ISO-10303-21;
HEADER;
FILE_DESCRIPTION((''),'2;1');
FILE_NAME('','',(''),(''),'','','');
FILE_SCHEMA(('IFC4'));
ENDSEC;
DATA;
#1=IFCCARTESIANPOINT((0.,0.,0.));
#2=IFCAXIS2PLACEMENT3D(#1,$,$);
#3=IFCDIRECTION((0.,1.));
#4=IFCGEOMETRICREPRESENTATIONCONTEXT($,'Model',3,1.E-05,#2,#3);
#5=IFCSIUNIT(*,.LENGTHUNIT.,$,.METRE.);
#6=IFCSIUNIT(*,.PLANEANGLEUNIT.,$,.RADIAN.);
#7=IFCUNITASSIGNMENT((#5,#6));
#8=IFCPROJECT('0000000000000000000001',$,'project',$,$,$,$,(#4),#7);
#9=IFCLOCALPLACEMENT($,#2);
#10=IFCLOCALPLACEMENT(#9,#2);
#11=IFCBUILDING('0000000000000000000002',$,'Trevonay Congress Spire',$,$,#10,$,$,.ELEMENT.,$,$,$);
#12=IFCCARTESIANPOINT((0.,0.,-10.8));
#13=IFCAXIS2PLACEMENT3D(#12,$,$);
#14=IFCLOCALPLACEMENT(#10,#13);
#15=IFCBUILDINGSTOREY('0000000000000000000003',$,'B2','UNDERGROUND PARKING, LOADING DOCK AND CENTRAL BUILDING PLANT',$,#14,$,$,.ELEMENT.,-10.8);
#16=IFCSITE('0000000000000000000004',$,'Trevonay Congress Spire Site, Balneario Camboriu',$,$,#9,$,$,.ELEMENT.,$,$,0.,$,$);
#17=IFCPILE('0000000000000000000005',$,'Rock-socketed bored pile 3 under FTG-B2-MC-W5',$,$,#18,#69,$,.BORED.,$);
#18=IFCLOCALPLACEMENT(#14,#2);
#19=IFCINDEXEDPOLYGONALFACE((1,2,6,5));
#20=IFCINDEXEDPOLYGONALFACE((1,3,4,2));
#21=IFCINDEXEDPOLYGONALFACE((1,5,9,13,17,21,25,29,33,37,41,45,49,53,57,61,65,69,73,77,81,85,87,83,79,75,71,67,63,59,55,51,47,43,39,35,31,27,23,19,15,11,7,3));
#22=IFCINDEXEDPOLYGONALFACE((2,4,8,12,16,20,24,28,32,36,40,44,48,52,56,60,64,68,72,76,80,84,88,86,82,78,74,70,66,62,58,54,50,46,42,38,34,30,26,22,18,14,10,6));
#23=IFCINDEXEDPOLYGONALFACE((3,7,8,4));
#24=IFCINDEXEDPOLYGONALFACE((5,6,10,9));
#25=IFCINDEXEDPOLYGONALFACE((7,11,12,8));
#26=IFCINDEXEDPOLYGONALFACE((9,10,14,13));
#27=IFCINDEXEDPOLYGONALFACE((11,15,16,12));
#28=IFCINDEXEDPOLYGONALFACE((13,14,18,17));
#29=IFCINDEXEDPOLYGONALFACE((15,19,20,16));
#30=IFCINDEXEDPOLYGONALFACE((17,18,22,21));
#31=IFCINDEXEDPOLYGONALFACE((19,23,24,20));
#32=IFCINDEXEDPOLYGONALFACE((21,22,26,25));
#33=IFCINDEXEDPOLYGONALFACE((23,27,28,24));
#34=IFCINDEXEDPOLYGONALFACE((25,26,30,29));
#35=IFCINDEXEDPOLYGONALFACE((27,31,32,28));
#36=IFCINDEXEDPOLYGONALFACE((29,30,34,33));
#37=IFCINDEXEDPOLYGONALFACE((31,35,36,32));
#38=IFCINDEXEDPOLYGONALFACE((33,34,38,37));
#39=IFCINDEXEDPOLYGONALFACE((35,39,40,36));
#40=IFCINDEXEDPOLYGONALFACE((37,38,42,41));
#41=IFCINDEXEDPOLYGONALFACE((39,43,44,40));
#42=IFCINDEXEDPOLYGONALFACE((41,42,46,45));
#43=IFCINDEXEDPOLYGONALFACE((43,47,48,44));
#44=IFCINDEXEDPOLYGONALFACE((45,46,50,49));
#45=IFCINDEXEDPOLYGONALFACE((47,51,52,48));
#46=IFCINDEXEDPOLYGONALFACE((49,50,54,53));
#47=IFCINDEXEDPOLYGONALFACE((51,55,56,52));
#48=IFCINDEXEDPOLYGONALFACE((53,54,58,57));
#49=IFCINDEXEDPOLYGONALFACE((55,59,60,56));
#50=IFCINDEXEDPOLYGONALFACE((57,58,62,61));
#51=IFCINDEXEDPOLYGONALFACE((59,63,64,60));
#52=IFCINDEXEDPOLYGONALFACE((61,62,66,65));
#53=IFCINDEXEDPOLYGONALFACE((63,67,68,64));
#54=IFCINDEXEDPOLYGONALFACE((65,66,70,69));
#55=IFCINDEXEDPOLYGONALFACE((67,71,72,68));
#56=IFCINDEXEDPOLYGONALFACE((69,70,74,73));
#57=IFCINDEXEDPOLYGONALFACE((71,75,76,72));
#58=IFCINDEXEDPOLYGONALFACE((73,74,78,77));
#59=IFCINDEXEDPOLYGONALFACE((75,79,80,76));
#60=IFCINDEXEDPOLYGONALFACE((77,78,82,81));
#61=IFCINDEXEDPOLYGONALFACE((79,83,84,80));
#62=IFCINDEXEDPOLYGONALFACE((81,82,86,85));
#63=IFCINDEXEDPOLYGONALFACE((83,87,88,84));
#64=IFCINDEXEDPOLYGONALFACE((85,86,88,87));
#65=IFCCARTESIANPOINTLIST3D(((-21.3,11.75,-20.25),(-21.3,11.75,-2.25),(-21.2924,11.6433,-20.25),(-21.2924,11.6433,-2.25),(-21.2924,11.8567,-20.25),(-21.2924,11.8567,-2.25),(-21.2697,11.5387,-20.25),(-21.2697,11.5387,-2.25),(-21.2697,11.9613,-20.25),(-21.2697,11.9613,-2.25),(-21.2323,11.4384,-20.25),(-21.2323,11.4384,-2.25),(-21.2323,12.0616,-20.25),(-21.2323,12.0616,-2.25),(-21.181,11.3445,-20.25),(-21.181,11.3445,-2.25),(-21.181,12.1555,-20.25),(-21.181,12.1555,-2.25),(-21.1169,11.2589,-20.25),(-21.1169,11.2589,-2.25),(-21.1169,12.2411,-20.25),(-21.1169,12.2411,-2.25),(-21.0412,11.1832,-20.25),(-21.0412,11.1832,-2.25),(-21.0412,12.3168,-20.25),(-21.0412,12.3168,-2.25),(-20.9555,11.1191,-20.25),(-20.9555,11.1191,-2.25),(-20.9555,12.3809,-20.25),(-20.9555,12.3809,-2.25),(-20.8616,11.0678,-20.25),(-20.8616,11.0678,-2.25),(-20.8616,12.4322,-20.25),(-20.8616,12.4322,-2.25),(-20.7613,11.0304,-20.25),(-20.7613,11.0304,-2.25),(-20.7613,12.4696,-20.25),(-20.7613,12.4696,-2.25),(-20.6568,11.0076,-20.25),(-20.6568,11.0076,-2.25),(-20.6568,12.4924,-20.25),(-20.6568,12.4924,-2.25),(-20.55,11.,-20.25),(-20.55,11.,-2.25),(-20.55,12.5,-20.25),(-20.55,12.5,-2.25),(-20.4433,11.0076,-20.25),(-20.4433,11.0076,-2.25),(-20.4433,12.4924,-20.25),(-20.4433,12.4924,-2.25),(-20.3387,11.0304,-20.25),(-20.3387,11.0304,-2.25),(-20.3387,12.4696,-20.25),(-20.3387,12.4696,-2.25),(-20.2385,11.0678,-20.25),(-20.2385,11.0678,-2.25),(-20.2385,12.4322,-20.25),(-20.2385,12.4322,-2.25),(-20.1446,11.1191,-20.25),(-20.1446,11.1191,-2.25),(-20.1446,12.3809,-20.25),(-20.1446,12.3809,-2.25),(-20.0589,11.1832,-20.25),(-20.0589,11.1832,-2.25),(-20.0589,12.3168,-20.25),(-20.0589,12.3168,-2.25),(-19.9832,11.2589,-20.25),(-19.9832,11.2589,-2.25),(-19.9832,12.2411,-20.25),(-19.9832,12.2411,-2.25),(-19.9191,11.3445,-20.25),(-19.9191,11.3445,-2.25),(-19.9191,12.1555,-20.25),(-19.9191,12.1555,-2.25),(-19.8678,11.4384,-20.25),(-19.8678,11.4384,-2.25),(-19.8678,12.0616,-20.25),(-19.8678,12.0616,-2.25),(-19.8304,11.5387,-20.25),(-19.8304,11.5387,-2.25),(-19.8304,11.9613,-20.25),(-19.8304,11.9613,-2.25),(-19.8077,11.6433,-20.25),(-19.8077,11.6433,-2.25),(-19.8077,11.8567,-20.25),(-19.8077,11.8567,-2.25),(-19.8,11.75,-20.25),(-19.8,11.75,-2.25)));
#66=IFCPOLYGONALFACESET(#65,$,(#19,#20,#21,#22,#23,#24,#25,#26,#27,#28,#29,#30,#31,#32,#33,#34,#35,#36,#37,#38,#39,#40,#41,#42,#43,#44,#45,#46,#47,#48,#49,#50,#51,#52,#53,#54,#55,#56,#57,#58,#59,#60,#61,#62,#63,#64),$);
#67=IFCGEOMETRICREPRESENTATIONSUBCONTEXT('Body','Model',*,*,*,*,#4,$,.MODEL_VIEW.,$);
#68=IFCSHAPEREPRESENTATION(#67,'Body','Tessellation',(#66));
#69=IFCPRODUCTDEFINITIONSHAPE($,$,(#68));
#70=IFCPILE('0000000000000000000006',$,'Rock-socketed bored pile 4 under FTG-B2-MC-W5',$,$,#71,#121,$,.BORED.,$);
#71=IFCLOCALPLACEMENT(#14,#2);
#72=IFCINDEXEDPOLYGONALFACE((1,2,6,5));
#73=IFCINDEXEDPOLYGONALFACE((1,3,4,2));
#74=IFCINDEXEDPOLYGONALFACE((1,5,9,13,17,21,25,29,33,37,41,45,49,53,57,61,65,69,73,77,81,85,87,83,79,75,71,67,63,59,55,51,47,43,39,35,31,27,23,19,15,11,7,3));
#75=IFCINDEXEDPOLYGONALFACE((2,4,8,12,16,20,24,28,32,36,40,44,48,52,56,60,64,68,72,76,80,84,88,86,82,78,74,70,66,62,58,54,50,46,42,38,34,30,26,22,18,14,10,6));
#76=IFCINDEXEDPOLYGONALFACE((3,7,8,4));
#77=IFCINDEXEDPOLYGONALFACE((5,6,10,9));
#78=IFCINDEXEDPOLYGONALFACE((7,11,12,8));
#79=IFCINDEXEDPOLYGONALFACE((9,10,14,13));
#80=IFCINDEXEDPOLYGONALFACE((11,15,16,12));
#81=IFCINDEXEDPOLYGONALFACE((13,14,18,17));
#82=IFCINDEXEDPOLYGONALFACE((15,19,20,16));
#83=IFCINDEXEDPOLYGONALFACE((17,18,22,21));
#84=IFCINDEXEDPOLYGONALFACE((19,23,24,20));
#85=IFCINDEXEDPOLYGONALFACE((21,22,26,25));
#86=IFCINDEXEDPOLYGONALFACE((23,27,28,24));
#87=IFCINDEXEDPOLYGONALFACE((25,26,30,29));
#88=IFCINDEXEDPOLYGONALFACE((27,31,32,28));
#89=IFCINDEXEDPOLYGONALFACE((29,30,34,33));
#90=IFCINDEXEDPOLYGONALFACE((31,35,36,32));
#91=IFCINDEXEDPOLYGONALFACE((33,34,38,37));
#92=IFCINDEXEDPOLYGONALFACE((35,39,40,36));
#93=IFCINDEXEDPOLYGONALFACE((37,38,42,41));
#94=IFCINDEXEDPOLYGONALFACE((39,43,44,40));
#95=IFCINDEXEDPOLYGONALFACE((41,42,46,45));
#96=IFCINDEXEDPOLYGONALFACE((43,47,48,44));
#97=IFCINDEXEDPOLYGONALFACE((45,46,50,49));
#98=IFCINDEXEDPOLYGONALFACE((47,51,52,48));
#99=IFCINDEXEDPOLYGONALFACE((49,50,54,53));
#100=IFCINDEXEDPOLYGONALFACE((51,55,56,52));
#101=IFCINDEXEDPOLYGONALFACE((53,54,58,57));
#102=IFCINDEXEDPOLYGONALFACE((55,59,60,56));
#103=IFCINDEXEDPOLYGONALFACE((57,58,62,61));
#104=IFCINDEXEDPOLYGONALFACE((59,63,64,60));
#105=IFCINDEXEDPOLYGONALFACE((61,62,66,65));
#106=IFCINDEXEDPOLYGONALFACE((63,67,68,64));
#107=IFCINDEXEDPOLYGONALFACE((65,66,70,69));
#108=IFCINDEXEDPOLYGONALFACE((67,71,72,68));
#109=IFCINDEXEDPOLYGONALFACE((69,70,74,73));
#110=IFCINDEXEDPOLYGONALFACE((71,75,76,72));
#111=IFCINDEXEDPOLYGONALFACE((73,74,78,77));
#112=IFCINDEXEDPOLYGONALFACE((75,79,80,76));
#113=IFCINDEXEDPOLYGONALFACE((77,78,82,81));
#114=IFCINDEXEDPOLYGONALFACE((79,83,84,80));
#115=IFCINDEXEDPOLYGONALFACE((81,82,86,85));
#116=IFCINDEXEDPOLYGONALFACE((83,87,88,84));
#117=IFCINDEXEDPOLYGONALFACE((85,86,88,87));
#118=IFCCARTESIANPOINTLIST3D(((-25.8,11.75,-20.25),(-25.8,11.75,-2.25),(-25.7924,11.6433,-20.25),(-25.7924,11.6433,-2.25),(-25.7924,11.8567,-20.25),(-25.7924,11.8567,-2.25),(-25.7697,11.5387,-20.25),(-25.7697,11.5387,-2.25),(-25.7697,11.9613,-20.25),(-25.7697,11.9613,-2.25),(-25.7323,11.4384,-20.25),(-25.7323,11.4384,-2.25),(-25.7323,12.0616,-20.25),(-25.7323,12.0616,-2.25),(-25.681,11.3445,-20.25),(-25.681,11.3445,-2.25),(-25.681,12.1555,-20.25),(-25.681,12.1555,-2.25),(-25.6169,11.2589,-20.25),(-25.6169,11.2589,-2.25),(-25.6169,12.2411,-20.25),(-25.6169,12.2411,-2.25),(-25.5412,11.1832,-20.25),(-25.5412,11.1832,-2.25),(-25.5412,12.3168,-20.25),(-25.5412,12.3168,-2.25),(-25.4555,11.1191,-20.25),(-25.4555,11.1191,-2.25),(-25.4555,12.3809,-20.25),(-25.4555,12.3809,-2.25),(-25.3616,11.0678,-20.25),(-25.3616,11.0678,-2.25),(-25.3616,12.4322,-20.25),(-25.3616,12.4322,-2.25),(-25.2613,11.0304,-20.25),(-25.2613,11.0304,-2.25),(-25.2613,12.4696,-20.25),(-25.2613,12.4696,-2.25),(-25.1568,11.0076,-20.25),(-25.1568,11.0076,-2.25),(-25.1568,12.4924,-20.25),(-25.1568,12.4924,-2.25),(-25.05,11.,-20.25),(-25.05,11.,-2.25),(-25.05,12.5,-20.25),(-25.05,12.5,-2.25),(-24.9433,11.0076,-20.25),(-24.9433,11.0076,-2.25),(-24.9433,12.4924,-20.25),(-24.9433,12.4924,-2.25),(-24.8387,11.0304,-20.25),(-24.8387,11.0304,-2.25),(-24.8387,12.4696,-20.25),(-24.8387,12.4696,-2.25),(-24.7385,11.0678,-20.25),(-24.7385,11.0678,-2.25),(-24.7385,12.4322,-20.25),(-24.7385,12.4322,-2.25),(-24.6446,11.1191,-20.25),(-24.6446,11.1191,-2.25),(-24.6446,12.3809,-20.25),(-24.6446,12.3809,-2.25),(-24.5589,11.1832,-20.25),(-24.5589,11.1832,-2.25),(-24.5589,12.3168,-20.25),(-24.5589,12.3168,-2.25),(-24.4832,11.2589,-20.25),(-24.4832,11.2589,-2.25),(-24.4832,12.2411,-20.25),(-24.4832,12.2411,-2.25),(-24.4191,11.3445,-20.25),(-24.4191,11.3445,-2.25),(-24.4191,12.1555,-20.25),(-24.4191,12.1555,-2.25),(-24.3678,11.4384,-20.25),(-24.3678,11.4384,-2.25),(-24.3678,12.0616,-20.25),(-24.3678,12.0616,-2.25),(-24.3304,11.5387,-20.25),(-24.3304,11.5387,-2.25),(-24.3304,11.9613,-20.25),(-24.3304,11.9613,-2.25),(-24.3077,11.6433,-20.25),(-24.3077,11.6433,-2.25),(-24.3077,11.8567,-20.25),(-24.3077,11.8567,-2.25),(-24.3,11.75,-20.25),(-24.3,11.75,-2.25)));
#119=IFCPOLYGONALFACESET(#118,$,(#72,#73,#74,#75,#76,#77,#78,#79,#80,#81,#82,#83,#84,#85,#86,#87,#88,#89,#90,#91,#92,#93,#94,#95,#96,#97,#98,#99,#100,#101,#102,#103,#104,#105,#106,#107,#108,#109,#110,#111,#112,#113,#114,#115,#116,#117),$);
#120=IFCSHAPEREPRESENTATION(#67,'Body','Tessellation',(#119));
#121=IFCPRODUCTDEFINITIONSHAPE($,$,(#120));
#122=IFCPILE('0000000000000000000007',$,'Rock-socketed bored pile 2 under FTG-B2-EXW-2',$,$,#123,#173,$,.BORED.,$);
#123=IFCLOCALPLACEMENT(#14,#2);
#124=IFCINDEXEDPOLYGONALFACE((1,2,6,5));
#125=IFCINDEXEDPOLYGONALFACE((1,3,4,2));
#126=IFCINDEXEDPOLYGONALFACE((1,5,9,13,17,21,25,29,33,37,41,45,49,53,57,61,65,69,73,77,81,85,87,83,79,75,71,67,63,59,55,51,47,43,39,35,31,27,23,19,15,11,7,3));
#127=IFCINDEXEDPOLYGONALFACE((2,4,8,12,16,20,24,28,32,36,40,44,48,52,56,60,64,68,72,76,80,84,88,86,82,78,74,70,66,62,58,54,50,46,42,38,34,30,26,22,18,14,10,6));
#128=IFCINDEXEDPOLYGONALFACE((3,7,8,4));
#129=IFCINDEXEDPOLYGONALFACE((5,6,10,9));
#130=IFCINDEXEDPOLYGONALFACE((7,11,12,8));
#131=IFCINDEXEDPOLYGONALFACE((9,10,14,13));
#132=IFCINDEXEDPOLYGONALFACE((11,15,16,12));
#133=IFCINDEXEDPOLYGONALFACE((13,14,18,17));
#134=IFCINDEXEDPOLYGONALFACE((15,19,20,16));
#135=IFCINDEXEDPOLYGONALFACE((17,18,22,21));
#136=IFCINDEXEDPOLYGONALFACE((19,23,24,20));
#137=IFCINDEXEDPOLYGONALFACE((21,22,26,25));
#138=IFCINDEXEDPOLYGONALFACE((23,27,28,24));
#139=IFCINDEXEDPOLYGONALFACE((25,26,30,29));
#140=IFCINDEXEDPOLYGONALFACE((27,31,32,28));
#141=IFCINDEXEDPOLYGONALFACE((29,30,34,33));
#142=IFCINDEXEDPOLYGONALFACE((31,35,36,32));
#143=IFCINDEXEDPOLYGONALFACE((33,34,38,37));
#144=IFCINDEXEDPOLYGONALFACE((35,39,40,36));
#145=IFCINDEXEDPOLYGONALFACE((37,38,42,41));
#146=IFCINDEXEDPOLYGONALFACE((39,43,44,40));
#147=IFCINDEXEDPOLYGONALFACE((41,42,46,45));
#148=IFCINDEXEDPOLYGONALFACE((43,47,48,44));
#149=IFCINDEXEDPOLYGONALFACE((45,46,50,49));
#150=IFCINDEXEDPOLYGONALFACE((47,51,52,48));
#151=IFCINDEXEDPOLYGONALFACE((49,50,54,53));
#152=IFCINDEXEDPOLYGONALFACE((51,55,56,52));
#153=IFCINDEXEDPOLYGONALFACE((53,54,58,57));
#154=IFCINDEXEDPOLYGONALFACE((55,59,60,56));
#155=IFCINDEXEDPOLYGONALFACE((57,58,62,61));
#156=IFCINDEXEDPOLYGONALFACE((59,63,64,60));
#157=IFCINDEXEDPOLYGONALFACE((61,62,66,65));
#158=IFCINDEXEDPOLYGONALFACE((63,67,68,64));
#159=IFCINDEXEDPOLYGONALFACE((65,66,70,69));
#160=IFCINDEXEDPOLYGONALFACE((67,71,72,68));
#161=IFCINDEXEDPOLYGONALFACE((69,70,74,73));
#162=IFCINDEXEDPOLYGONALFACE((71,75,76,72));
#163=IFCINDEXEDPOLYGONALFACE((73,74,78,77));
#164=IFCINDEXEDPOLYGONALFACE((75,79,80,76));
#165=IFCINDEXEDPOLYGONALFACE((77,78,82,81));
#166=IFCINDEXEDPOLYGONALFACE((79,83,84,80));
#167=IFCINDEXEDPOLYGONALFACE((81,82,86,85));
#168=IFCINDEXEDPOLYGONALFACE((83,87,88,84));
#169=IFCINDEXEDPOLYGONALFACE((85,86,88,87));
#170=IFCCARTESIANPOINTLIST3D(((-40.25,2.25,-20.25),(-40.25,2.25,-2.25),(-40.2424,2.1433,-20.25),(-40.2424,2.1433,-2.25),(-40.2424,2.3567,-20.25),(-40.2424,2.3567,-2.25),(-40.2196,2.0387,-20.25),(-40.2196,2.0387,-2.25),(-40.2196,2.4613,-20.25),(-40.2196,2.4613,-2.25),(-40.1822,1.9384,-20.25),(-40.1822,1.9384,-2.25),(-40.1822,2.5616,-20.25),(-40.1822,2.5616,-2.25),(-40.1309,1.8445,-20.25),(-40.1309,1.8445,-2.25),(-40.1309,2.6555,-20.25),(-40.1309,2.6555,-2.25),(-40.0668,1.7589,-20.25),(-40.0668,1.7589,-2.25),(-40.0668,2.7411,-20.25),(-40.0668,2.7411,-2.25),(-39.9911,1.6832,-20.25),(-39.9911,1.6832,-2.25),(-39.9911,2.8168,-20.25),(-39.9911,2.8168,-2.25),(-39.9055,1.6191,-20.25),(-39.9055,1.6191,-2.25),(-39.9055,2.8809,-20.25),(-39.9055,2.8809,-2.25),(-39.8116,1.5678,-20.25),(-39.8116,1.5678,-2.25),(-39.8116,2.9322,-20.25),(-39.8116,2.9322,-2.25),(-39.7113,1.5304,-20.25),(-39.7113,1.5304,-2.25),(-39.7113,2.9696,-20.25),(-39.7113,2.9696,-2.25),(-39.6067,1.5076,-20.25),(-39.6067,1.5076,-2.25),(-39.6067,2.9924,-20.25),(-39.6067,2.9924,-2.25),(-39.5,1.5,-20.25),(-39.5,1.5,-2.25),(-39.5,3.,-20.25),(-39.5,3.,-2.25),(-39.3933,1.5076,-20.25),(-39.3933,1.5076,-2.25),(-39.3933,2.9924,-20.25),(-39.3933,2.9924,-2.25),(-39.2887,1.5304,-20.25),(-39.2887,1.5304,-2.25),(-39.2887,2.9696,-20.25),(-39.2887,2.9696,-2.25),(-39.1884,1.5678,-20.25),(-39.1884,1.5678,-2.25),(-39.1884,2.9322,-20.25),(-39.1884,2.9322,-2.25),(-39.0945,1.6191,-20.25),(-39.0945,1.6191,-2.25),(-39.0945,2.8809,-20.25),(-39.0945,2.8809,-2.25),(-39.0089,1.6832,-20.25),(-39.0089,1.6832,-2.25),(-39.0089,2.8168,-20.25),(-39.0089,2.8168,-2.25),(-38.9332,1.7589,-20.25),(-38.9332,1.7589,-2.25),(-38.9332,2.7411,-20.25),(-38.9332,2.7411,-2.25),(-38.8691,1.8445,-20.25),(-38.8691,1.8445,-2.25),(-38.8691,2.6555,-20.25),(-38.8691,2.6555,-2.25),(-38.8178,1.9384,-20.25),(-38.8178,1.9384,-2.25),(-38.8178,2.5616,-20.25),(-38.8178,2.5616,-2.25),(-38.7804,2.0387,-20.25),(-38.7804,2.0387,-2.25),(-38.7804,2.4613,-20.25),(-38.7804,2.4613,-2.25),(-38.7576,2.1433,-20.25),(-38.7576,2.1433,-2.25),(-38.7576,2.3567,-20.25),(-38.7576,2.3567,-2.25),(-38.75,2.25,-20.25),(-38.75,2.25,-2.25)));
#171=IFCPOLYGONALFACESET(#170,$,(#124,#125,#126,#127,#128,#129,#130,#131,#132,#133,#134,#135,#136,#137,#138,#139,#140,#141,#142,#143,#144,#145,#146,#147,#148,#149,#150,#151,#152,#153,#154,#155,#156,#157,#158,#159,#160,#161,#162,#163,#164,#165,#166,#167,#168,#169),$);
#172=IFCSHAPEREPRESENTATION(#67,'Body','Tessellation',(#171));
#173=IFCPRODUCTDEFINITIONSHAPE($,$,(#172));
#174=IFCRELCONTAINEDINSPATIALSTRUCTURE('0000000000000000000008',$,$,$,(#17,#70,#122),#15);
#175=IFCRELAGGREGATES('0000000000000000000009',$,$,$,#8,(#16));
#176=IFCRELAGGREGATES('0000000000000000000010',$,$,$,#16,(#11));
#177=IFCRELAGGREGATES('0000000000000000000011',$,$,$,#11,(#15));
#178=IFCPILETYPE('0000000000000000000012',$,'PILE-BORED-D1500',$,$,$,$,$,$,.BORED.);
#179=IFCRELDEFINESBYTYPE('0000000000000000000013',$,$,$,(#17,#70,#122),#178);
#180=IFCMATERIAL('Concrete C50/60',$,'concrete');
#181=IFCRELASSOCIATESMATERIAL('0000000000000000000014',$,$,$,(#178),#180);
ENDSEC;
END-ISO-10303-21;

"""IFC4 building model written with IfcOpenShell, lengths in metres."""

from ifc_helpers import new_model, si_unit, direction, frame, origin, origin_2d, place, context, subcontext, project, spatial, circle, extrude, material, material_profile, profile_set, type_object, element, save


model = new_model("IFC4")

# Units and contexts
model_context = context("Model", 3, precision=1e-05, world=origin(), true_north=direction((0.0, 1.0)))
body_context = subcontext(model_context, "Body", "Model", "MODEL_VIEW")
ifc_project = project(units=[si_unit("LENGTHUNIT", "METRE"), si_unit("PLANEANGLEUNIT", "RADIAN")], contexts=[model_context])

# Site, building, storey
site_placement = place(None, origin())
site = spatial("IfcSite", under=ifc_project, at=site_placement, Name="Trevonay Congress Spire Site, Balneario Camboriu", CompositionType="ELEMENT", RefElevation=0.0)
building_placement = place(site_placement, origin())
building = spatial("IfcBuilding", under=site, at=building_placement, Name="Trevonay Congress Spire", CompositionType="ELEMENT")
storey_placement = place(building_placement, frame((0.0, 0.0, -10.8)))
storey = spatial("IfcBuildingStorey", under=building, at=storey_placement, Name="B2", Description="UNDERGROUND PARKING, LOADING DOCK AND CENTRAL BUILDING PLANT", CompositionType="ELEMENT", Elevation=-10.8)

# Shared definitions
ifc_material_1 = material(Name="Concrete C50/60", Category="concrete")

# Piles
ifc_material_profile_1 = material_profile(ifc_material_1, circle(Radius=0.75, at=origin_2d()), Name="PILE D1500")
ifc_profile_set_1 = profile_set([ifc_material_profile_1], Name="Concrete C50/60")
pile_type = type_object("IfcPileType", Name="PILE-BORED-D1500", PredefinedType="BORED", material=ifc_profile_set_1)
for number, where, z_axis, x_axis, name in (
    (1, (-20.55, 11.75, -2.25), (0.0, 0.0, -1.0), (1.0, 0.0, 0.0), "Rock-socketed bored pile 3 under FTG-B2-MC-W5"),
    (2, (-25.05, 11.75, -2.25), (0.0, 0.0, -1.0), (1.0, 0.0, 0.0), "Rock-socketed bored pile 4 under FTG-B2-MC-W5"),
    (3, (-39.5, 2.25, -2.25), (0.0, 0.0, -1.0), (1.0, 0.0, 0.0), "Rock-socketed bored pile 2 under FTG-B2-EXW-2"),
):
    element("IfcPile", number, at=place(storey_placement, frame(where, z_axis=z_axis, x_axis=x_axis)), inside=storey, type_object=pile_type, Name=name, PredefinedType="BORED", context=body_context, shape_type="SweptSolid", body=[
        extrude(circle(Radius=0.75, at=origin_2d()), origin(), (0.0, 0.0, 1.0), 18.0),
    ])

save(model, "model.ifc")
